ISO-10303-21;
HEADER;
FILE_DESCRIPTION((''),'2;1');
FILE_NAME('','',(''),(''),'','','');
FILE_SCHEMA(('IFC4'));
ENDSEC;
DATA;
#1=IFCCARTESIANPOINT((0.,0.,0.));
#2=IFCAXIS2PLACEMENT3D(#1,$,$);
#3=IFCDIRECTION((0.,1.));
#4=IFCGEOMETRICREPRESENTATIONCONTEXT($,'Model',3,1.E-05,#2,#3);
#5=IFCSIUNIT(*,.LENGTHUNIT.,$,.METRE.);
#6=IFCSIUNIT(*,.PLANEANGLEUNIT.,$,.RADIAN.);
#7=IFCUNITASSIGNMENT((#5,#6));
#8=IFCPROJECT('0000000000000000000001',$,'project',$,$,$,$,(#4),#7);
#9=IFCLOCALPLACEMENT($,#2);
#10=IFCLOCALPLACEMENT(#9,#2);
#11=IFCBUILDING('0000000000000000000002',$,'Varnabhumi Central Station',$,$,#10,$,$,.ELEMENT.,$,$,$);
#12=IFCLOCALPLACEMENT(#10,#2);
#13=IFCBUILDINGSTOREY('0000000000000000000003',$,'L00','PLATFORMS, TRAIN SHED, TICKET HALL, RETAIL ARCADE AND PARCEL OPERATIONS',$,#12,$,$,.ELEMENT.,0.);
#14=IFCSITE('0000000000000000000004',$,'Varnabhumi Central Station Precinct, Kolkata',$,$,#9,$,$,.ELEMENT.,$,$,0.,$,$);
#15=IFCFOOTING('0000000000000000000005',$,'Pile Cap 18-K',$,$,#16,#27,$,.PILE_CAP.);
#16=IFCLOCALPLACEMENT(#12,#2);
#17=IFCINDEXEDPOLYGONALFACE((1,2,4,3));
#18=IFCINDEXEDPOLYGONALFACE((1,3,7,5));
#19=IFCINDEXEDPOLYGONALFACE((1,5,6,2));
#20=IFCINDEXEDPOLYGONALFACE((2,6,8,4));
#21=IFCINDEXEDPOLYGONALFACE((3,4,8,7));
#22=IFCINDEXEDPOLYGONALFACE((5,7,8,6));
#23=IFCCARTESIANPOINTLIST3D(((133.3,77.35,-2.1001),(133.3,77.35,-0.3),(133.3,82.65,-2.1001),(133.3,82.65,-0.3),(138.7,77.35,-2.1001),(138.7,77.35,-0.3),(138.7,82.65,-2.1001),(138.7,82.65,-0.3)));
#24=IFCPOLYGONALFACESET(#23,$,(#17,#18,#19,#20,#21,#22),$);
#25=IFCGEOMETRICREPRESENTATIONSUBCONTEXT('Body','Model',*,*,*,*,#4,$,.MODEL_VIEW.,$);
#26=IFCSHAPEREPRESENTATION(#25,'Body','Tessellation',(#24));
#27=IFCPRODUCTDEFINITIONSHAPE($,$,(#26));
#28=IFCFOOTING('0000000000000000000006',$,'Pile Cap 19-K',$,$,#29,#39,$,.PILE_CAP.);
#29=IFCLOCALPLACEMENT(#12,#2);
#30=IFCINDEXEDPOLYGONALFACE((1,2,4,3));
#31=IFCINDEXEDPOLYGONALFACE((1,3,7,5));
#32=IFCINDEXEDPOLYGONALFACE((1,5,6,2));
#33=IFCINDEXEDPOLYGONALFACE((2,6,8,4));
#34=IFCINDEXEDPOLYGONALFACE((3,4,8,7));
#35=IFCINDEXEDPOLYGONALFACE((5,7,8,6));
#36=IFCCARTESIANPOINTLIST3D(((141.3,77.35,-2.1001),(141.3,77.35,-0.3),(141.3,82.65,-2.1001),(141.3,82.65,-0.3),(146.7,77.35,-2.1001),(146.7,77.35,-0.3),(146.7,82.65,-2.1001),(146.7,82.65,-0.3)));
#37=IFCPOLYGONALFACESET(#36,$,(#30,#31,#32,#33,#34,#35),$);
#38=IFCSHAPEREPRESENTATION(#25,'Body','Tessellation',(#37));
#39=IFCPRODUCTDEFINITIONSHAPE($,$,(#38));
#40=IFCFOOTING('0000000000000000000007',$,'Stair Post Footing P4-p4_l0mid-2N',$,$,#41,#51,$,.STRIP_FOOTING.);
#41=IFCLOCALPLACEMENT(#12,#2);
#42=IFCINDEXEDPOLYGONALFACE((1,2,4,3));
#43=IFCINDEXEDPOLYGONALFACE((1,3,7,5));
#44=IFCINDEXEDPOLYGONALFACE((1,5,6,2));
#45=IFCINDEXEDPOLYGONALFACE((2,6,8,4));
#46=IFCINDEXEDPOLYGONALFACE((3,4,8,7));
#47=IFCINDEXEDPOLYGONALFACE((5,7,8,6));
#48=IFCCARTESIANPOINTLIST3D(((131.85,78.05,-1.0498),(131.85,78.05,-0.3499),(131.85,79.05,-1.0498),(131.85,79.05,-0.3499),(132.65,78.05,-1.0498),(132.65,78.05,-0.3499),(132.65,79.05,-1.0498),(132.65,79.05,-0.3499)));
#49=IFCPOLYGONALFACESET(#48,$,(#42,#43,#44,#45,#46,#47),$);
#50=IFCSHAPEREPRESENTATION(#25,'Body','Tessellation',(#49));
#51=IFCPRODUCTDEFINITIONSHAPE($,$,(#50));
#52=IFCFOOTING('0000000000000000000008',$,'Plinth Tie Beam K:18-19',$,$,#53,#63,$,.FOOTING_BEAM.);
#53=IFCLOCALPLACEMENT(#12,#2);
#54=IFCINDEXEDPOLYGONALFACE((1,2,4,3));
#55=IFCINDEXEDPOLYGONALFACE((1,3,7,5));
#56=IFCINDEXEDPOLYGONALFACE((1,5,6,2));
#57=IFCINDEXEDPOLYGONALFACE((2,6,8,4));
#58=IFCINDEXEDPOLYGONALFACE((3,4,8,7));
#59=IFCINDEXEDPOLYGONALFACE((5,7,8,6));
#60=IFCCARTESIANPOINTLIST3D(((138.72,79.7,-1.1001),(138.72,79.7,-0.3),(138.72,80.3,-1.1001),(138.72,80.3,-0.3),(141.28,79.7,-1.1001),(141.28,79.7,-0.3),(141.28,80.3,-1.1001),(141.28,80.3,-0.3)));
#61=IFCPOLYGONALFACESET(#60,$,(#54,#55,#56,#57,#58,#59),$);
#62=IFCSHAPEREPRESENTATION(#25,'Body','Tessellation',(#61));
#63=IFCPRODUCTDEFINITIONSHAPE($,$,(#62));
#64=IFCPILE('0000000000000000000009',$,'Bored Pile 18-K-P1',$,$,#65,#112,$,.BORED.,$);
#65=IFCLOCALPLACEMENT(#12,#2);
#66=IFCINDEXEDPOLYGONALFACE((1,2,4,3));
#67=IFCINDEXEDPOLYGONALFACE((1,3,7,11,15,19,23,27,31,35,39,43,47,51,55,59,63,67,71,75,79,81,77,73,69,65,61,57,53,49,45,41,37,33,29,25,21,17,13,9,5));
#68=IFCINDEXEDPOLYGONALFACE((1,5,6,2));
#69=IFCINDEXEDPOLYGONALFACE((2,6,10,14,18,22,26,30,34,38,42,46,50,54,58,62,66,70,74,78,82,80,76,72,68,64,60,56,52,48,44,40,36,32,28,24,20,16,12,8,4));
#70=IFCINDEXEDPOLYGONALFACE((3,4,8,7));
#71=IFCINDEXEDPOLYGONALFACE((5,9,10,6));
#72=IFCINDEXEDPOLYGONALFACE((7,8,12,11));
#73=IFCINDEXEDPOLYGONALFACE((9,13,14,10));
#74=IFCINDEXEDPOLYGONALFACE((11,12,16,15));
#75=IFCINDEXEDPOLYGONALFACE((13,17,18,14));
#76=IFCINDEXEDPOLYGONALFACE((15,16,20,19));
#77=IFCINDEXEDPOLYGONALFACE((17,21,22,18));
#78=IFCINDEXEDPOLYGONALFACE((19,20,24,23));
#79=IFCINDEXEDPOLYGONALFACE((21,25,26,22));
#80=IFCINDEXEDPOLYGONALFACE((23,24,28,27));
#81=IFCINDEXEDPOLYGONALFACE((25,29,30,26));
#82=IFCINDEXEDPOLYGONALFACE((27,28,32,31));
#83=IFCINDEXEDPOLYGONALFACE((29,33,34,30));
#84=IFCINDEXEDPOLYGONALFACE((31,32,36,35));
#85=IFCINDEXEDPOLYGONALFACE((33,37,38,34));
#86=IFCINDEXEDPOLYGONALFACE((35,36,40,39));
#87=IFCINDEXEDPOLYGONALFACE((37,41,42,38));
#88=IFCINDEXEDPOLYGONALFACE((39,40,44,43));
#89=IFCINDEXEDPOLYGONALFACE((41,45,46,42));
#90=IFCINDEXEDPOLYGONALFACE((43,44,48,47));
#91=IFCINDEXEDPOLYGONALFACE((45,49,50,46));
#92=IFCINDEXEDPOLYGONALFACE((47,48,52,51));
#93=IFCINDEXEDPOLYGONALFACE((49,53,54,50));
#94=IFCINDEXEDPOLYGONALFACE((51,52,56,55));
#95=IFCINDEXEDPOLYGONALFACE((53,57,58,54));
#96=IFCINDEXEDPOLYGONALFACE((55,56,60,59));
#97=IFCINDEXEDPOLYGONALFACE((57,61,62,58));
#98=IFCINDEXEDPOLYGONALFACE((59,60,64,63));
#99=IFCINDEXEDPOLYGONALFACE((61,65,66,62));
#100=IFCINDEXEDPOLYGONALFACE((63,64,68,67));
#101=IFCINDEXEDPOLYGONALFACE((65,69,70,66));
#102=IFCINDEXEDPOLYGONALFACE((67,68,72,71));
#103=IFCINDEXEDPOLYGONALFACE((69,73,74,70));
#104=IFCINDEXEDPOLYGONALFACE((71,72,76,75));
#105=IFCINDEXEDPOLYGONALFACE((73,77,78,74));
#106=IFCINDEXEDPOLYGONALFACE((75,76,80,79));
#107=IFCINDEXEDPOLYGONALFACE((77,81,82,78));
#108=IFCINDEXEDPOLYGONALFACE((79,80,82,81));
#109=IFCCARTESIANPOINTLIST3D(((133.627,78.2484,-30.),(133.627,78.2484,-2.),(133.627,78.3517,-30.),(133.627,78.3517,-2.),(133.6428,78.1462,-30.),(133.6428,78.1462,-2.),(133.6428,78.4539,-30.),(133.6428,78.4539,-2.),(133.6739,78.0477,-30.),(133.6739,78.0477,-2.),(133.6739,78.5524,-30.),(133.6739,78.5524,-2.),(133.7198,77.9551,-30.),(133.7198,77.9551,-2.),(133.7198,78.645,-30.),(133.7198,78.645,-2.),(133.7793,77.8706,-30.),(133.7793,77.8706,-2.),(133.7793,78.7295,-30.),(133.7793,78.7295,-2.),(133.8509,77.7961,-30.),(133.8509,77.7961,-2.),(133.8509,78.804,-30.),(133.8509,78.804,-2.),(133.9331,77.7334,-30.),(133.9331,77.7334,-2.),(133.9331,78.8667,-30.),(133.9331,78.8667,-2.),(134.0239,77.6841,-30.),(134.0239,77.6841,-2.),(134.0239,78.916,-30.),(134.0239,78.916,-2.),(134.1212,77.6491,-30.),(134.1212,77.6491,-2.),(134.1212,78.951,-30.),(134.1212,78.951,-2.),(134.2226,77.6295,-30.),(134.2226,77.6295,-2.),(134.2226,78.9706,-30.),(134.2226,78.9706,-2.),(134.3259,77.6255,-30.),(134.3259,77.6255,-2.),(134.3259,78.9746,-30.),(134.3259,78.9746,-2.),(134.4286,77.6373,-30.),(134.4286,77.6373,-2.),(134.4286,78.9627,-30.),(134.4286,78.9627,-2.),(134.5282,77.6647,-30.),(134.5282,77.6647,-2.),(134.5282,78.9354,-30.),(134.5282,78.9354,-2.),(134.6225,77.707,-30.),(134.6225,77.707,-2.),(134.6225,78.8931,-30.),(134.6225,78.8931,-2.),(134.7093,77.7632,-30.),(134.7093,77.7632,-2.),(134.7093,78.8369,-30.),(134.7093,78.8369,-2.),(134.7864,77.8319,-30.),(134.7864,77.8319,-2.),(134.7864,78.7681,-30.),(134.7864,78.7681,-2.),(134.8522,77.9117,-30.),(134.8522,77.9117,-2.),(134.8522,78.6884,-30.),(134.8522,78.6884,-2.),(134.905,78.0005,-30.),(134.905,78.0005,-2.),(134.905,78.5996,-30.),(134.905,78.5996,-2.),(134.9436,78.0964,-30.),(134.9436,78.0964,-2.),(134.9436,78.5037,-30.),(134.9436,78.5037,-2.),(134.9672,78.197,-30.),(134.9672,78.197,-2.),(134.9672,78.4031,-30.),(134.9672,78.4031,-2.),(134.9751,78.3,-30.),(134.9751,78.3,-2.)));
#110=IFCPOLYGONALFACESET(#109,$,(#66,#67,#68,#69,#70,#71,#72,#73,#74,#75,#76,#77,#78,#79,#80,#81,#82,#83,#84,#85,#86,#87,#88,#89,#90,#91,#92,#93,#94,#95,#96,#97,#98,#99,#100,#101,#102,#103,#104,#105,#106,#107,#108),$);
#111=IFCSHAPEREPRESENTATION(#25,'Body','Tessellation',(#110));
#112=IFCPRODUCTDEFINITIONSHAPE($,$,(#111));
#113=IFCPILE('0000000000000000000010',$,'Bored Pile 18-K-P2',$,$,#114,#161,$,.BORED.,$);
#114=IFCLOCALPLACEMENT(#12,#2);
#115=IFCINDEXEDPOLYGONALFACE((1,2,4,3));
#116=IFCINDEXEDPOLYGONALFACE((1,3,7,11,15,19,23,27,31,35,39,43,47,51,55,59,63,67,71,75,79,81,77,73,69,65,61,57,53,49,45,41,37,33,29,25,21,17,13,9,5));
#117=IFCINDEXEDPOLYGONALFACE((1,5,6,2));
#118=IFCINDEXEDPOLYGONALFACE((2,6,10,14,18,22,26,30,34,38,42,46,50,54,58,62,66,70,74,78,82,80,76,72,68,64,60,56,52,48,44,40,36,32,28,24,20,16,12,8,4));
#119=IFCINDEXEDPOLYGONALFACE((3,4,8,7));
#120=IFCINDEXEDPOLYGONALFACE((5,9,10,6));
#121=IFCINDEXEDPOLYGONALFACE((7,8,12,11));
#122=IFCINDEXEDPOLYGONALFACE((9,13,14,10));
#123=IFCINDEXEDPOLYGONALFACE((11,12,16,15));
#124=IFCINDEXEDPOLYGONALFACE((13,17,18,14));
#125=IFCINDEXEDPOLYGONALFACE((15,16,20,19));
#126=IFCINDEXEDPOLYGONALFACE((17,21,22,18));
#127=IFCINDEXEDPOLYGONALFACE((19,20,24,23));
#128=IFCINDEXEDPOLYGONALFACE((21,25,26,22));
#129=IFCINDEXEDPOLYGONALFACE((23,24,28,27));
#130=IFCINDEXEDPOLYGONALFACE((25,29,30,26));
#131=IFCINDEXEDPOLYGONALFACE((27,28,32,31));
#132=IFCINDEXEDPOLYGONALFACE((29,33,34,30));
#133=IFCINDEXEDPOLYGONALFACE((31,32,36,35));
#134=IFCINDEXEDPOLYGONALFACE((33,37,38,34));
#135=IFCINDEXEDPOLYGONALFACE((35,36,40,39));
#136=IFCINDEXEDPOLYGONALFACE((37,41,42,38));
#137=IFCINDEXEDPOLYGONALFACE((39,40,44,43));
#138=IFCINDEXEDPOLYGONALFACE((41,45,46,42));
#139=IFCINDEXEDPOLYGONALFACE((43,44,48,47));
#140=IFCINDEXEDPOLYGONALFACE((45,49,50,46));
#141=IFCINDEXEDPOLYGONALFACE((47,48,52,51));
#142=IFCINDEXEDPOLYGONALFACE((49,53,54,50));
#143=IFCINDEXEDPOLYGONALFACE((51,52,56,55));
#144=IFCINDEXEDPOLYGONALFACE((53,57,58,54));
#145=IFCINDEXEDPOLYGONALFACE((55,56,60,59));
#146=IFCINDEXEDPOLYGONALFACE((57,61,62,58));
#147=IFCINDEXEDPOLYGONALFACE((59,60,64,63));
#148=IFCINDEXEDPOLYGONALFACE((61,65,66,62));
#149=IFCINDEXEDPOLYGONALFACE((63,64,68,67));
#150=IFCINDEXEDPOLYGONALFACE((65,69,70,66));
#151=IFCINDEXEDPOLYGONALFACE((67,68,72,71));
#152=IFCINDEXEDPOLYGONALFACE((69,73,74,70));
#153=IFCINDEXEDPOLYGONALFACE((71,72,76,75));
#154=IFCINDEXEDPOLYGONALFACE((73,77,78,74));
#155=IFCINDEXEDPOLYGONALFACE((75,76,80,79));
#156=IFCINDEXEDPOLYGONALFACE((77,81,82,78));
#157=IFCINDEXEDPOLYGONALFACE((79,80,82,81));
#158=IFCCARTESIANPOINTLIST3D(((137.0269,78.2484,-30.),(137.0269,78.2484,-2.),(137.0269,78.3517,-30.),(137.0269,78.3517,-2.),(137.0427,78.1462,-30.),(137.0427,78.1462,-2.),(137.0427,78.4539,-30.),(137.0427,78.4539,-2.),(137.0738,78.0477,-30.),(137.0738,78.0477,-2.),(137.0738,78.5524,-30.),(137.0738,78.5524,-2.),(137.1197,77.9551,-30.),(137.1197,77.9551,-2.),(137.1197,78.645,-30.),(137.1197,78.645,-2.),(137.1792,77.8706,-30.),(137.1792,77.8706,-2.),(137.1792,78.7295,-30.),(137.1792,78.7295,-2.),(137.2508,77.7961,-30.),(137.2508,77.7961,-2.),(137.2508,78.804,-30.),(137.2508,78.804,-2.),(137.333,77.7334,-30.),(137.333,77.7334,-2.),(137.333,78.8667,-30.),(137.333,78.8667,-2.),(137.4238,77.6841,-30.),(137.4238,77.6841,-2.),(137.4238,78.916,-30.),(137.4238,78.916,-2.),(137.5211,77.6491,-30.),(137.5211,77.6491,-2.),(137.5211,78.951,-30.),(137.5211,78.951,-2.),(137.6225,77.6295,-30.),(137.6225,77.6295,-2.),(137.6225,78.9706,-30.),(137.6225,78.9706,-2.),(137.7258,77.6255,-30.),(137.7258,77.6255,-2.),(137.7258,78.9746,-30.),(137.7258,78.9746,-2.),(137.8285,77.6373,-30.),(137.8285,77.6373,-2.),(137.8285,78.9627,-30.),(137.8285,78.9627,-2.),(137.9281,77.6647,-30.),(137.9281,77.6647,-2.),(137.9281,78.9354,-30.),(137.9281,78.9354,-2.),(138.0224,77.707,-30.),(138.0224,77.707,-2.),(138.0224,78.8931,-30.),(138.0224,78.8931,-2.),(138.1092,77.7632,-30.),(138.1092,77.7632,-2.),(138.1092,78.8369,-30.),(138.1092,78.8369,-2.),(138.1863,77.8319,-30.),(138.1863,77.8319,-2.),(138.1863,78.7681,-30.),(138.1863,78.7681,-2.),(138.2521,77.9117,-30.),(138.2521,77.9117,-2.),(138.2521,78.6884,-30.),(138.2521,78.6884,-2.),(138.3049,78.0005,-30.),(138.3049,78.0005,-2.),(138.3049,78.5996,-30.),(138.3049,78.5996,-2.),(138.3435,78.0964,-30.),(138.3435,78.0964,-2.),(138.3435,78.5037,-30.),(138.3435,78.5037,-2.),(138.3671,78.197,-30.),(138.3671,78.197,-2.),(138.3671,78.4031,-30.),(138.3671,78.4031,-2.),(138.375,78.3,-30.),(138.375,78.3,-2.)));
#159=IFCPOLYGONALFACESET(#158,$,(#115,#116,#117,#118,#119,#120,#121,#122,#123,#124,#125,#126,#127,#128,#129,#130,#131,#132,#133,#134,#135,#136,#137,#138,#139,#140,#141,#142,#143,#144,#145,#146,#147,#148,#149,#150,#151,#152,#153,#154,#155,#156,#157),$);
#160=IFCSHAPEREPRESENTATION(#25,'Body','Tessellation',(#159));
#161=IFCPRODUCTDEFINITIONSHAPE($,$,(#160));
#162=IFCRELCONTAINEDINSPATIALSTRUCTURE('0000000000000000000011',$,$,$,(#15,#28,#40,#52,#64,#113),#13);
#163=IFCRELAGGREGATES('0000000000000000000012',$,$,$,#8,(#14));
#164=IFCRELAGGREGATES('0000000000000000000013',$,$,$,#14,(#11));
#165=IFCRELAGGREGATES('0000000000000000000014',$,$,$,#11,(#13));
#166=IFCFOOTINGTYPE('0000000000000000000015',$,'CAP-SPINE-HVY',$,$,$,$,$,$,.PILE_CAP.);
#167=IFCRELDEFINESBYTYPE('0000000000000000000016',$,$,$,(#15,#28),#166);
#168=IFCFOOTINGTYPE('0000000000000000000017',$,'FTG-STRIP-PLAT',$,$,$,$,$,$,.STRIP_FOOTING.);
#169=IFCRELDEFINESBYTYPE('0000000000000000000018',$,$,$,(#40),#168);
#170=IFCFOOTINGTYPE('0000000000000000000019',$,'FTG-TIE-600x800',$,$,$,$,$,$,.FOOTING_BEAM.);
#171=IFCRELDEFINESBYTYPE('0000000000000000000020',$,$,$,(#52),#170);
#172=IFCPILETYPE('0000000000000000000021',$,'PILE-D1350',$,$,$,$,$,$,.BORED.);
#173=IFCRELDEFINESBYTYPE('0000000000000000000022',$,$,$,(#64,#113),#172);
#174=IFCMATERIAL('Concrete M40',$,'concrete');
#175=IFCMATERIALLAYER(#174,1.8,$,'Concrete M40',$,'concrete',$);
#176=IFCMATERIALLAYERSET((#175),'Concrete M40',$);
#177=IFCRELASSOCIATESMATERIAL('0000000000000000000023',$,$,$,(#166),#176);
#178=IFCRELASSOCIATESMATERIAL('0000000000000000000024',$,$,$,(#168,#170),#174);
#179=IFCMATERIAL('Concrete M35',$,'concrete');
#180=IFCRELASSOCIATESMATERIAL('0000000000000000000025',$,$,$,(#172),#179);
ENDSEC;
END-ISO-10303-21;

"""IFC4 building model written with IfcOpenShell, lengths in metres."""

from ifc_helpers import new_model, si_unit, direction, frame, origin, origin_2d, place, context, subcontext, project, spatial, rectangle, circle, extrude, material, layer, layer_set, material_profile, profile_set, type_object, element, save


model = new_model("IFC4")

# Units and contexts
model_context = context("Model", 3, precision=1e-05, world=origin(), true_north=direction((0.0, 1.0)))
body_context = subcontext(model_context, "Body", "Model", "MODEL_VIEW")
ifc_project = project(units=[si_unit("LENGTHUNIT", "METRE"), si_unit("PLANEANGLEUNIT", "RADIAN")], contexts=[model_context])

# Site, building, storey
site_placement = place(None, origin())
site = spatial("IfcSite", under=ifc_project, at=site_placement, Name="Varnabhumi Central Station Precinct, Kolkata", CompositionType="ELEMENT", RefElevation=0.0)
building_placement = place(site_placement, origin())
building = spatial("IfcBuilding", under=site, at=building_placement, Name="Varnabhumi Central Station", CompositionType="ELEMENT")
storey_placement = place(building_placement, origin())
storey = spatial("IfcBuildingStorey", under=building, at=storey_placement, Name="L00", Description="PLATFORMS, TRAIN SHED, TICKET HALL, RETAIL ARCADE AND PARCEL OPERATIONS", CompositionType="ELEMENT", Elevation=0.0)

# Footings
ifc_material_1 = material(Name="Concrete M40", Category="concrete")
ifc_layer_1 = layer(ifc_material_1, 1.8, Name="Concrete M40", Category="concrete")
ifc_layer_set_1 = layer_set([ifc_layer_1], Name="Concrete M40")
footing_type_1 = type_object("IfcFootingType", Name="CAP-SPINE-HVY", PredefinedType="PILE_CAP", material=ifc_layer_set_1)
for number, where, z_axis, x_axis, name in (
    (1, (136.0, 80.0, -2.1001), (0.0, 0.0, 1.0), (1.0, 0.0, 0.0), "Pile Cap 18-K"),
    (2, (144.0, 80.0, -2.1001), (0.0, 0.0, 1.0), (1.0, 0.0, 0.0), "Pile Cap 19-K"),
):
    element("IfcFooting", number, at=place(storey_placement, frame(where, z_axis=z_axis, x_axis=x_axis)), inside=storey, type_object=footing_type_1, Name=name, PredefinedType="PILE_CAP", context=body_context, shape_type="SweptSolid", body=[
        extrude(rectangle(XDim=5.3999, YDim=5.3, at=origin_2d()), origin(), (0.0, 0.0, 1.0), 1.8),
    ])
footing_type_2 = type_object("IfcFootingType", Name="FTG-STRIP-PLAT", PredefinedType="STRIP_FOOTING", material=ifc_material_1)
footing_1_placement = place(storey_placement, frame((132.25, 78.55, -1.0498), z_axis=(0.0, 0.0, 1.0), x_axis=(1.0, 0.0, 0.0)))
element("IfcFooting", 3, at=footing_1_placement, inside=storey, type_object=footing_type_2, Name="Stair Post Footing P4-p4_l0mid-2N", PredefinedType="STRIP_FOOTING", context=body_context, shape_type="SweptSolid", body=[
    extrude(rectangle(XDim=0.8, YDim=1.0, at=origin_2d()), origin(), (0.0, 0.0, 1.0), 0.7),
])
footing_type_3 = type_object("IfcFootingType", Name="FTG-TIE-600x800", PredefinedType="FOOTING_BEAM", material=ifc_material_1)
footing_2_placement = place(storey_placement, frame((140.0, 80.0, -1.1001), z_axis=(0.0, 0.0, 1.0), x_axis=(1.0, 0.0, 0.0)))
element("IfcFooting", 4, at=footing_2_placement, inside=storey, type_object=footing_type_3, Name="Plinth Tie Beam K:18-19", PredefinedType="FOOTING_BEAM", context=body_context, shape_type="SweptSolid", body=[
    extrude(rectangle(XDim=2.5601, YDim=0.6001, at=origin_2d()), origin(), (0.0, 0.0, 1.0), 0.8),
])

# Piles
ifc_material_2 = material(Name="Concrete M35", Category="concrete")
ifc_material_profile_1 = material_profile(ifc_material_2, circle(Radius=0.675, at=origin_2d()), Name="Concrete M35", Category="concrete")
ifc_profile_set_1 = profile_set([ifc_material_profile_1], Name="Concrete M35")
pile_type = type_object("IfcPileType", Name="PILE-D1350", PredefinedType="BORED", material=ifc_profile_set_1)
for number, where, z_axis, x_axis, name in (
    (5, (134.3, 78.3, -2.0), (0.0, 0.0, -1.0), (1.0, 0.0, 0.0), "Bored Pile 18-K-P1"),
    (6, (137.7, 78.3, -2.0), (0.0, 0.0, -1.0), (1.0, 0.0, 0.0), "Bored Pile 18-K-P2"),
):
    element("IfcPile", number, at=place(storey_placement, frame(where, z_axis=z_axis, x_axis=x_axis)), inside=storey, type_object=pile_type, Name=name, PredefinedType="BORED", context=body_context, shape_type="SweptSolid", body=[
        extrude(circle(Radius=0.675, at=origin_2d()), origin(), (0.0, 0.0, 1.0), 28.0),
    ])

save(model, "model.ifc")
